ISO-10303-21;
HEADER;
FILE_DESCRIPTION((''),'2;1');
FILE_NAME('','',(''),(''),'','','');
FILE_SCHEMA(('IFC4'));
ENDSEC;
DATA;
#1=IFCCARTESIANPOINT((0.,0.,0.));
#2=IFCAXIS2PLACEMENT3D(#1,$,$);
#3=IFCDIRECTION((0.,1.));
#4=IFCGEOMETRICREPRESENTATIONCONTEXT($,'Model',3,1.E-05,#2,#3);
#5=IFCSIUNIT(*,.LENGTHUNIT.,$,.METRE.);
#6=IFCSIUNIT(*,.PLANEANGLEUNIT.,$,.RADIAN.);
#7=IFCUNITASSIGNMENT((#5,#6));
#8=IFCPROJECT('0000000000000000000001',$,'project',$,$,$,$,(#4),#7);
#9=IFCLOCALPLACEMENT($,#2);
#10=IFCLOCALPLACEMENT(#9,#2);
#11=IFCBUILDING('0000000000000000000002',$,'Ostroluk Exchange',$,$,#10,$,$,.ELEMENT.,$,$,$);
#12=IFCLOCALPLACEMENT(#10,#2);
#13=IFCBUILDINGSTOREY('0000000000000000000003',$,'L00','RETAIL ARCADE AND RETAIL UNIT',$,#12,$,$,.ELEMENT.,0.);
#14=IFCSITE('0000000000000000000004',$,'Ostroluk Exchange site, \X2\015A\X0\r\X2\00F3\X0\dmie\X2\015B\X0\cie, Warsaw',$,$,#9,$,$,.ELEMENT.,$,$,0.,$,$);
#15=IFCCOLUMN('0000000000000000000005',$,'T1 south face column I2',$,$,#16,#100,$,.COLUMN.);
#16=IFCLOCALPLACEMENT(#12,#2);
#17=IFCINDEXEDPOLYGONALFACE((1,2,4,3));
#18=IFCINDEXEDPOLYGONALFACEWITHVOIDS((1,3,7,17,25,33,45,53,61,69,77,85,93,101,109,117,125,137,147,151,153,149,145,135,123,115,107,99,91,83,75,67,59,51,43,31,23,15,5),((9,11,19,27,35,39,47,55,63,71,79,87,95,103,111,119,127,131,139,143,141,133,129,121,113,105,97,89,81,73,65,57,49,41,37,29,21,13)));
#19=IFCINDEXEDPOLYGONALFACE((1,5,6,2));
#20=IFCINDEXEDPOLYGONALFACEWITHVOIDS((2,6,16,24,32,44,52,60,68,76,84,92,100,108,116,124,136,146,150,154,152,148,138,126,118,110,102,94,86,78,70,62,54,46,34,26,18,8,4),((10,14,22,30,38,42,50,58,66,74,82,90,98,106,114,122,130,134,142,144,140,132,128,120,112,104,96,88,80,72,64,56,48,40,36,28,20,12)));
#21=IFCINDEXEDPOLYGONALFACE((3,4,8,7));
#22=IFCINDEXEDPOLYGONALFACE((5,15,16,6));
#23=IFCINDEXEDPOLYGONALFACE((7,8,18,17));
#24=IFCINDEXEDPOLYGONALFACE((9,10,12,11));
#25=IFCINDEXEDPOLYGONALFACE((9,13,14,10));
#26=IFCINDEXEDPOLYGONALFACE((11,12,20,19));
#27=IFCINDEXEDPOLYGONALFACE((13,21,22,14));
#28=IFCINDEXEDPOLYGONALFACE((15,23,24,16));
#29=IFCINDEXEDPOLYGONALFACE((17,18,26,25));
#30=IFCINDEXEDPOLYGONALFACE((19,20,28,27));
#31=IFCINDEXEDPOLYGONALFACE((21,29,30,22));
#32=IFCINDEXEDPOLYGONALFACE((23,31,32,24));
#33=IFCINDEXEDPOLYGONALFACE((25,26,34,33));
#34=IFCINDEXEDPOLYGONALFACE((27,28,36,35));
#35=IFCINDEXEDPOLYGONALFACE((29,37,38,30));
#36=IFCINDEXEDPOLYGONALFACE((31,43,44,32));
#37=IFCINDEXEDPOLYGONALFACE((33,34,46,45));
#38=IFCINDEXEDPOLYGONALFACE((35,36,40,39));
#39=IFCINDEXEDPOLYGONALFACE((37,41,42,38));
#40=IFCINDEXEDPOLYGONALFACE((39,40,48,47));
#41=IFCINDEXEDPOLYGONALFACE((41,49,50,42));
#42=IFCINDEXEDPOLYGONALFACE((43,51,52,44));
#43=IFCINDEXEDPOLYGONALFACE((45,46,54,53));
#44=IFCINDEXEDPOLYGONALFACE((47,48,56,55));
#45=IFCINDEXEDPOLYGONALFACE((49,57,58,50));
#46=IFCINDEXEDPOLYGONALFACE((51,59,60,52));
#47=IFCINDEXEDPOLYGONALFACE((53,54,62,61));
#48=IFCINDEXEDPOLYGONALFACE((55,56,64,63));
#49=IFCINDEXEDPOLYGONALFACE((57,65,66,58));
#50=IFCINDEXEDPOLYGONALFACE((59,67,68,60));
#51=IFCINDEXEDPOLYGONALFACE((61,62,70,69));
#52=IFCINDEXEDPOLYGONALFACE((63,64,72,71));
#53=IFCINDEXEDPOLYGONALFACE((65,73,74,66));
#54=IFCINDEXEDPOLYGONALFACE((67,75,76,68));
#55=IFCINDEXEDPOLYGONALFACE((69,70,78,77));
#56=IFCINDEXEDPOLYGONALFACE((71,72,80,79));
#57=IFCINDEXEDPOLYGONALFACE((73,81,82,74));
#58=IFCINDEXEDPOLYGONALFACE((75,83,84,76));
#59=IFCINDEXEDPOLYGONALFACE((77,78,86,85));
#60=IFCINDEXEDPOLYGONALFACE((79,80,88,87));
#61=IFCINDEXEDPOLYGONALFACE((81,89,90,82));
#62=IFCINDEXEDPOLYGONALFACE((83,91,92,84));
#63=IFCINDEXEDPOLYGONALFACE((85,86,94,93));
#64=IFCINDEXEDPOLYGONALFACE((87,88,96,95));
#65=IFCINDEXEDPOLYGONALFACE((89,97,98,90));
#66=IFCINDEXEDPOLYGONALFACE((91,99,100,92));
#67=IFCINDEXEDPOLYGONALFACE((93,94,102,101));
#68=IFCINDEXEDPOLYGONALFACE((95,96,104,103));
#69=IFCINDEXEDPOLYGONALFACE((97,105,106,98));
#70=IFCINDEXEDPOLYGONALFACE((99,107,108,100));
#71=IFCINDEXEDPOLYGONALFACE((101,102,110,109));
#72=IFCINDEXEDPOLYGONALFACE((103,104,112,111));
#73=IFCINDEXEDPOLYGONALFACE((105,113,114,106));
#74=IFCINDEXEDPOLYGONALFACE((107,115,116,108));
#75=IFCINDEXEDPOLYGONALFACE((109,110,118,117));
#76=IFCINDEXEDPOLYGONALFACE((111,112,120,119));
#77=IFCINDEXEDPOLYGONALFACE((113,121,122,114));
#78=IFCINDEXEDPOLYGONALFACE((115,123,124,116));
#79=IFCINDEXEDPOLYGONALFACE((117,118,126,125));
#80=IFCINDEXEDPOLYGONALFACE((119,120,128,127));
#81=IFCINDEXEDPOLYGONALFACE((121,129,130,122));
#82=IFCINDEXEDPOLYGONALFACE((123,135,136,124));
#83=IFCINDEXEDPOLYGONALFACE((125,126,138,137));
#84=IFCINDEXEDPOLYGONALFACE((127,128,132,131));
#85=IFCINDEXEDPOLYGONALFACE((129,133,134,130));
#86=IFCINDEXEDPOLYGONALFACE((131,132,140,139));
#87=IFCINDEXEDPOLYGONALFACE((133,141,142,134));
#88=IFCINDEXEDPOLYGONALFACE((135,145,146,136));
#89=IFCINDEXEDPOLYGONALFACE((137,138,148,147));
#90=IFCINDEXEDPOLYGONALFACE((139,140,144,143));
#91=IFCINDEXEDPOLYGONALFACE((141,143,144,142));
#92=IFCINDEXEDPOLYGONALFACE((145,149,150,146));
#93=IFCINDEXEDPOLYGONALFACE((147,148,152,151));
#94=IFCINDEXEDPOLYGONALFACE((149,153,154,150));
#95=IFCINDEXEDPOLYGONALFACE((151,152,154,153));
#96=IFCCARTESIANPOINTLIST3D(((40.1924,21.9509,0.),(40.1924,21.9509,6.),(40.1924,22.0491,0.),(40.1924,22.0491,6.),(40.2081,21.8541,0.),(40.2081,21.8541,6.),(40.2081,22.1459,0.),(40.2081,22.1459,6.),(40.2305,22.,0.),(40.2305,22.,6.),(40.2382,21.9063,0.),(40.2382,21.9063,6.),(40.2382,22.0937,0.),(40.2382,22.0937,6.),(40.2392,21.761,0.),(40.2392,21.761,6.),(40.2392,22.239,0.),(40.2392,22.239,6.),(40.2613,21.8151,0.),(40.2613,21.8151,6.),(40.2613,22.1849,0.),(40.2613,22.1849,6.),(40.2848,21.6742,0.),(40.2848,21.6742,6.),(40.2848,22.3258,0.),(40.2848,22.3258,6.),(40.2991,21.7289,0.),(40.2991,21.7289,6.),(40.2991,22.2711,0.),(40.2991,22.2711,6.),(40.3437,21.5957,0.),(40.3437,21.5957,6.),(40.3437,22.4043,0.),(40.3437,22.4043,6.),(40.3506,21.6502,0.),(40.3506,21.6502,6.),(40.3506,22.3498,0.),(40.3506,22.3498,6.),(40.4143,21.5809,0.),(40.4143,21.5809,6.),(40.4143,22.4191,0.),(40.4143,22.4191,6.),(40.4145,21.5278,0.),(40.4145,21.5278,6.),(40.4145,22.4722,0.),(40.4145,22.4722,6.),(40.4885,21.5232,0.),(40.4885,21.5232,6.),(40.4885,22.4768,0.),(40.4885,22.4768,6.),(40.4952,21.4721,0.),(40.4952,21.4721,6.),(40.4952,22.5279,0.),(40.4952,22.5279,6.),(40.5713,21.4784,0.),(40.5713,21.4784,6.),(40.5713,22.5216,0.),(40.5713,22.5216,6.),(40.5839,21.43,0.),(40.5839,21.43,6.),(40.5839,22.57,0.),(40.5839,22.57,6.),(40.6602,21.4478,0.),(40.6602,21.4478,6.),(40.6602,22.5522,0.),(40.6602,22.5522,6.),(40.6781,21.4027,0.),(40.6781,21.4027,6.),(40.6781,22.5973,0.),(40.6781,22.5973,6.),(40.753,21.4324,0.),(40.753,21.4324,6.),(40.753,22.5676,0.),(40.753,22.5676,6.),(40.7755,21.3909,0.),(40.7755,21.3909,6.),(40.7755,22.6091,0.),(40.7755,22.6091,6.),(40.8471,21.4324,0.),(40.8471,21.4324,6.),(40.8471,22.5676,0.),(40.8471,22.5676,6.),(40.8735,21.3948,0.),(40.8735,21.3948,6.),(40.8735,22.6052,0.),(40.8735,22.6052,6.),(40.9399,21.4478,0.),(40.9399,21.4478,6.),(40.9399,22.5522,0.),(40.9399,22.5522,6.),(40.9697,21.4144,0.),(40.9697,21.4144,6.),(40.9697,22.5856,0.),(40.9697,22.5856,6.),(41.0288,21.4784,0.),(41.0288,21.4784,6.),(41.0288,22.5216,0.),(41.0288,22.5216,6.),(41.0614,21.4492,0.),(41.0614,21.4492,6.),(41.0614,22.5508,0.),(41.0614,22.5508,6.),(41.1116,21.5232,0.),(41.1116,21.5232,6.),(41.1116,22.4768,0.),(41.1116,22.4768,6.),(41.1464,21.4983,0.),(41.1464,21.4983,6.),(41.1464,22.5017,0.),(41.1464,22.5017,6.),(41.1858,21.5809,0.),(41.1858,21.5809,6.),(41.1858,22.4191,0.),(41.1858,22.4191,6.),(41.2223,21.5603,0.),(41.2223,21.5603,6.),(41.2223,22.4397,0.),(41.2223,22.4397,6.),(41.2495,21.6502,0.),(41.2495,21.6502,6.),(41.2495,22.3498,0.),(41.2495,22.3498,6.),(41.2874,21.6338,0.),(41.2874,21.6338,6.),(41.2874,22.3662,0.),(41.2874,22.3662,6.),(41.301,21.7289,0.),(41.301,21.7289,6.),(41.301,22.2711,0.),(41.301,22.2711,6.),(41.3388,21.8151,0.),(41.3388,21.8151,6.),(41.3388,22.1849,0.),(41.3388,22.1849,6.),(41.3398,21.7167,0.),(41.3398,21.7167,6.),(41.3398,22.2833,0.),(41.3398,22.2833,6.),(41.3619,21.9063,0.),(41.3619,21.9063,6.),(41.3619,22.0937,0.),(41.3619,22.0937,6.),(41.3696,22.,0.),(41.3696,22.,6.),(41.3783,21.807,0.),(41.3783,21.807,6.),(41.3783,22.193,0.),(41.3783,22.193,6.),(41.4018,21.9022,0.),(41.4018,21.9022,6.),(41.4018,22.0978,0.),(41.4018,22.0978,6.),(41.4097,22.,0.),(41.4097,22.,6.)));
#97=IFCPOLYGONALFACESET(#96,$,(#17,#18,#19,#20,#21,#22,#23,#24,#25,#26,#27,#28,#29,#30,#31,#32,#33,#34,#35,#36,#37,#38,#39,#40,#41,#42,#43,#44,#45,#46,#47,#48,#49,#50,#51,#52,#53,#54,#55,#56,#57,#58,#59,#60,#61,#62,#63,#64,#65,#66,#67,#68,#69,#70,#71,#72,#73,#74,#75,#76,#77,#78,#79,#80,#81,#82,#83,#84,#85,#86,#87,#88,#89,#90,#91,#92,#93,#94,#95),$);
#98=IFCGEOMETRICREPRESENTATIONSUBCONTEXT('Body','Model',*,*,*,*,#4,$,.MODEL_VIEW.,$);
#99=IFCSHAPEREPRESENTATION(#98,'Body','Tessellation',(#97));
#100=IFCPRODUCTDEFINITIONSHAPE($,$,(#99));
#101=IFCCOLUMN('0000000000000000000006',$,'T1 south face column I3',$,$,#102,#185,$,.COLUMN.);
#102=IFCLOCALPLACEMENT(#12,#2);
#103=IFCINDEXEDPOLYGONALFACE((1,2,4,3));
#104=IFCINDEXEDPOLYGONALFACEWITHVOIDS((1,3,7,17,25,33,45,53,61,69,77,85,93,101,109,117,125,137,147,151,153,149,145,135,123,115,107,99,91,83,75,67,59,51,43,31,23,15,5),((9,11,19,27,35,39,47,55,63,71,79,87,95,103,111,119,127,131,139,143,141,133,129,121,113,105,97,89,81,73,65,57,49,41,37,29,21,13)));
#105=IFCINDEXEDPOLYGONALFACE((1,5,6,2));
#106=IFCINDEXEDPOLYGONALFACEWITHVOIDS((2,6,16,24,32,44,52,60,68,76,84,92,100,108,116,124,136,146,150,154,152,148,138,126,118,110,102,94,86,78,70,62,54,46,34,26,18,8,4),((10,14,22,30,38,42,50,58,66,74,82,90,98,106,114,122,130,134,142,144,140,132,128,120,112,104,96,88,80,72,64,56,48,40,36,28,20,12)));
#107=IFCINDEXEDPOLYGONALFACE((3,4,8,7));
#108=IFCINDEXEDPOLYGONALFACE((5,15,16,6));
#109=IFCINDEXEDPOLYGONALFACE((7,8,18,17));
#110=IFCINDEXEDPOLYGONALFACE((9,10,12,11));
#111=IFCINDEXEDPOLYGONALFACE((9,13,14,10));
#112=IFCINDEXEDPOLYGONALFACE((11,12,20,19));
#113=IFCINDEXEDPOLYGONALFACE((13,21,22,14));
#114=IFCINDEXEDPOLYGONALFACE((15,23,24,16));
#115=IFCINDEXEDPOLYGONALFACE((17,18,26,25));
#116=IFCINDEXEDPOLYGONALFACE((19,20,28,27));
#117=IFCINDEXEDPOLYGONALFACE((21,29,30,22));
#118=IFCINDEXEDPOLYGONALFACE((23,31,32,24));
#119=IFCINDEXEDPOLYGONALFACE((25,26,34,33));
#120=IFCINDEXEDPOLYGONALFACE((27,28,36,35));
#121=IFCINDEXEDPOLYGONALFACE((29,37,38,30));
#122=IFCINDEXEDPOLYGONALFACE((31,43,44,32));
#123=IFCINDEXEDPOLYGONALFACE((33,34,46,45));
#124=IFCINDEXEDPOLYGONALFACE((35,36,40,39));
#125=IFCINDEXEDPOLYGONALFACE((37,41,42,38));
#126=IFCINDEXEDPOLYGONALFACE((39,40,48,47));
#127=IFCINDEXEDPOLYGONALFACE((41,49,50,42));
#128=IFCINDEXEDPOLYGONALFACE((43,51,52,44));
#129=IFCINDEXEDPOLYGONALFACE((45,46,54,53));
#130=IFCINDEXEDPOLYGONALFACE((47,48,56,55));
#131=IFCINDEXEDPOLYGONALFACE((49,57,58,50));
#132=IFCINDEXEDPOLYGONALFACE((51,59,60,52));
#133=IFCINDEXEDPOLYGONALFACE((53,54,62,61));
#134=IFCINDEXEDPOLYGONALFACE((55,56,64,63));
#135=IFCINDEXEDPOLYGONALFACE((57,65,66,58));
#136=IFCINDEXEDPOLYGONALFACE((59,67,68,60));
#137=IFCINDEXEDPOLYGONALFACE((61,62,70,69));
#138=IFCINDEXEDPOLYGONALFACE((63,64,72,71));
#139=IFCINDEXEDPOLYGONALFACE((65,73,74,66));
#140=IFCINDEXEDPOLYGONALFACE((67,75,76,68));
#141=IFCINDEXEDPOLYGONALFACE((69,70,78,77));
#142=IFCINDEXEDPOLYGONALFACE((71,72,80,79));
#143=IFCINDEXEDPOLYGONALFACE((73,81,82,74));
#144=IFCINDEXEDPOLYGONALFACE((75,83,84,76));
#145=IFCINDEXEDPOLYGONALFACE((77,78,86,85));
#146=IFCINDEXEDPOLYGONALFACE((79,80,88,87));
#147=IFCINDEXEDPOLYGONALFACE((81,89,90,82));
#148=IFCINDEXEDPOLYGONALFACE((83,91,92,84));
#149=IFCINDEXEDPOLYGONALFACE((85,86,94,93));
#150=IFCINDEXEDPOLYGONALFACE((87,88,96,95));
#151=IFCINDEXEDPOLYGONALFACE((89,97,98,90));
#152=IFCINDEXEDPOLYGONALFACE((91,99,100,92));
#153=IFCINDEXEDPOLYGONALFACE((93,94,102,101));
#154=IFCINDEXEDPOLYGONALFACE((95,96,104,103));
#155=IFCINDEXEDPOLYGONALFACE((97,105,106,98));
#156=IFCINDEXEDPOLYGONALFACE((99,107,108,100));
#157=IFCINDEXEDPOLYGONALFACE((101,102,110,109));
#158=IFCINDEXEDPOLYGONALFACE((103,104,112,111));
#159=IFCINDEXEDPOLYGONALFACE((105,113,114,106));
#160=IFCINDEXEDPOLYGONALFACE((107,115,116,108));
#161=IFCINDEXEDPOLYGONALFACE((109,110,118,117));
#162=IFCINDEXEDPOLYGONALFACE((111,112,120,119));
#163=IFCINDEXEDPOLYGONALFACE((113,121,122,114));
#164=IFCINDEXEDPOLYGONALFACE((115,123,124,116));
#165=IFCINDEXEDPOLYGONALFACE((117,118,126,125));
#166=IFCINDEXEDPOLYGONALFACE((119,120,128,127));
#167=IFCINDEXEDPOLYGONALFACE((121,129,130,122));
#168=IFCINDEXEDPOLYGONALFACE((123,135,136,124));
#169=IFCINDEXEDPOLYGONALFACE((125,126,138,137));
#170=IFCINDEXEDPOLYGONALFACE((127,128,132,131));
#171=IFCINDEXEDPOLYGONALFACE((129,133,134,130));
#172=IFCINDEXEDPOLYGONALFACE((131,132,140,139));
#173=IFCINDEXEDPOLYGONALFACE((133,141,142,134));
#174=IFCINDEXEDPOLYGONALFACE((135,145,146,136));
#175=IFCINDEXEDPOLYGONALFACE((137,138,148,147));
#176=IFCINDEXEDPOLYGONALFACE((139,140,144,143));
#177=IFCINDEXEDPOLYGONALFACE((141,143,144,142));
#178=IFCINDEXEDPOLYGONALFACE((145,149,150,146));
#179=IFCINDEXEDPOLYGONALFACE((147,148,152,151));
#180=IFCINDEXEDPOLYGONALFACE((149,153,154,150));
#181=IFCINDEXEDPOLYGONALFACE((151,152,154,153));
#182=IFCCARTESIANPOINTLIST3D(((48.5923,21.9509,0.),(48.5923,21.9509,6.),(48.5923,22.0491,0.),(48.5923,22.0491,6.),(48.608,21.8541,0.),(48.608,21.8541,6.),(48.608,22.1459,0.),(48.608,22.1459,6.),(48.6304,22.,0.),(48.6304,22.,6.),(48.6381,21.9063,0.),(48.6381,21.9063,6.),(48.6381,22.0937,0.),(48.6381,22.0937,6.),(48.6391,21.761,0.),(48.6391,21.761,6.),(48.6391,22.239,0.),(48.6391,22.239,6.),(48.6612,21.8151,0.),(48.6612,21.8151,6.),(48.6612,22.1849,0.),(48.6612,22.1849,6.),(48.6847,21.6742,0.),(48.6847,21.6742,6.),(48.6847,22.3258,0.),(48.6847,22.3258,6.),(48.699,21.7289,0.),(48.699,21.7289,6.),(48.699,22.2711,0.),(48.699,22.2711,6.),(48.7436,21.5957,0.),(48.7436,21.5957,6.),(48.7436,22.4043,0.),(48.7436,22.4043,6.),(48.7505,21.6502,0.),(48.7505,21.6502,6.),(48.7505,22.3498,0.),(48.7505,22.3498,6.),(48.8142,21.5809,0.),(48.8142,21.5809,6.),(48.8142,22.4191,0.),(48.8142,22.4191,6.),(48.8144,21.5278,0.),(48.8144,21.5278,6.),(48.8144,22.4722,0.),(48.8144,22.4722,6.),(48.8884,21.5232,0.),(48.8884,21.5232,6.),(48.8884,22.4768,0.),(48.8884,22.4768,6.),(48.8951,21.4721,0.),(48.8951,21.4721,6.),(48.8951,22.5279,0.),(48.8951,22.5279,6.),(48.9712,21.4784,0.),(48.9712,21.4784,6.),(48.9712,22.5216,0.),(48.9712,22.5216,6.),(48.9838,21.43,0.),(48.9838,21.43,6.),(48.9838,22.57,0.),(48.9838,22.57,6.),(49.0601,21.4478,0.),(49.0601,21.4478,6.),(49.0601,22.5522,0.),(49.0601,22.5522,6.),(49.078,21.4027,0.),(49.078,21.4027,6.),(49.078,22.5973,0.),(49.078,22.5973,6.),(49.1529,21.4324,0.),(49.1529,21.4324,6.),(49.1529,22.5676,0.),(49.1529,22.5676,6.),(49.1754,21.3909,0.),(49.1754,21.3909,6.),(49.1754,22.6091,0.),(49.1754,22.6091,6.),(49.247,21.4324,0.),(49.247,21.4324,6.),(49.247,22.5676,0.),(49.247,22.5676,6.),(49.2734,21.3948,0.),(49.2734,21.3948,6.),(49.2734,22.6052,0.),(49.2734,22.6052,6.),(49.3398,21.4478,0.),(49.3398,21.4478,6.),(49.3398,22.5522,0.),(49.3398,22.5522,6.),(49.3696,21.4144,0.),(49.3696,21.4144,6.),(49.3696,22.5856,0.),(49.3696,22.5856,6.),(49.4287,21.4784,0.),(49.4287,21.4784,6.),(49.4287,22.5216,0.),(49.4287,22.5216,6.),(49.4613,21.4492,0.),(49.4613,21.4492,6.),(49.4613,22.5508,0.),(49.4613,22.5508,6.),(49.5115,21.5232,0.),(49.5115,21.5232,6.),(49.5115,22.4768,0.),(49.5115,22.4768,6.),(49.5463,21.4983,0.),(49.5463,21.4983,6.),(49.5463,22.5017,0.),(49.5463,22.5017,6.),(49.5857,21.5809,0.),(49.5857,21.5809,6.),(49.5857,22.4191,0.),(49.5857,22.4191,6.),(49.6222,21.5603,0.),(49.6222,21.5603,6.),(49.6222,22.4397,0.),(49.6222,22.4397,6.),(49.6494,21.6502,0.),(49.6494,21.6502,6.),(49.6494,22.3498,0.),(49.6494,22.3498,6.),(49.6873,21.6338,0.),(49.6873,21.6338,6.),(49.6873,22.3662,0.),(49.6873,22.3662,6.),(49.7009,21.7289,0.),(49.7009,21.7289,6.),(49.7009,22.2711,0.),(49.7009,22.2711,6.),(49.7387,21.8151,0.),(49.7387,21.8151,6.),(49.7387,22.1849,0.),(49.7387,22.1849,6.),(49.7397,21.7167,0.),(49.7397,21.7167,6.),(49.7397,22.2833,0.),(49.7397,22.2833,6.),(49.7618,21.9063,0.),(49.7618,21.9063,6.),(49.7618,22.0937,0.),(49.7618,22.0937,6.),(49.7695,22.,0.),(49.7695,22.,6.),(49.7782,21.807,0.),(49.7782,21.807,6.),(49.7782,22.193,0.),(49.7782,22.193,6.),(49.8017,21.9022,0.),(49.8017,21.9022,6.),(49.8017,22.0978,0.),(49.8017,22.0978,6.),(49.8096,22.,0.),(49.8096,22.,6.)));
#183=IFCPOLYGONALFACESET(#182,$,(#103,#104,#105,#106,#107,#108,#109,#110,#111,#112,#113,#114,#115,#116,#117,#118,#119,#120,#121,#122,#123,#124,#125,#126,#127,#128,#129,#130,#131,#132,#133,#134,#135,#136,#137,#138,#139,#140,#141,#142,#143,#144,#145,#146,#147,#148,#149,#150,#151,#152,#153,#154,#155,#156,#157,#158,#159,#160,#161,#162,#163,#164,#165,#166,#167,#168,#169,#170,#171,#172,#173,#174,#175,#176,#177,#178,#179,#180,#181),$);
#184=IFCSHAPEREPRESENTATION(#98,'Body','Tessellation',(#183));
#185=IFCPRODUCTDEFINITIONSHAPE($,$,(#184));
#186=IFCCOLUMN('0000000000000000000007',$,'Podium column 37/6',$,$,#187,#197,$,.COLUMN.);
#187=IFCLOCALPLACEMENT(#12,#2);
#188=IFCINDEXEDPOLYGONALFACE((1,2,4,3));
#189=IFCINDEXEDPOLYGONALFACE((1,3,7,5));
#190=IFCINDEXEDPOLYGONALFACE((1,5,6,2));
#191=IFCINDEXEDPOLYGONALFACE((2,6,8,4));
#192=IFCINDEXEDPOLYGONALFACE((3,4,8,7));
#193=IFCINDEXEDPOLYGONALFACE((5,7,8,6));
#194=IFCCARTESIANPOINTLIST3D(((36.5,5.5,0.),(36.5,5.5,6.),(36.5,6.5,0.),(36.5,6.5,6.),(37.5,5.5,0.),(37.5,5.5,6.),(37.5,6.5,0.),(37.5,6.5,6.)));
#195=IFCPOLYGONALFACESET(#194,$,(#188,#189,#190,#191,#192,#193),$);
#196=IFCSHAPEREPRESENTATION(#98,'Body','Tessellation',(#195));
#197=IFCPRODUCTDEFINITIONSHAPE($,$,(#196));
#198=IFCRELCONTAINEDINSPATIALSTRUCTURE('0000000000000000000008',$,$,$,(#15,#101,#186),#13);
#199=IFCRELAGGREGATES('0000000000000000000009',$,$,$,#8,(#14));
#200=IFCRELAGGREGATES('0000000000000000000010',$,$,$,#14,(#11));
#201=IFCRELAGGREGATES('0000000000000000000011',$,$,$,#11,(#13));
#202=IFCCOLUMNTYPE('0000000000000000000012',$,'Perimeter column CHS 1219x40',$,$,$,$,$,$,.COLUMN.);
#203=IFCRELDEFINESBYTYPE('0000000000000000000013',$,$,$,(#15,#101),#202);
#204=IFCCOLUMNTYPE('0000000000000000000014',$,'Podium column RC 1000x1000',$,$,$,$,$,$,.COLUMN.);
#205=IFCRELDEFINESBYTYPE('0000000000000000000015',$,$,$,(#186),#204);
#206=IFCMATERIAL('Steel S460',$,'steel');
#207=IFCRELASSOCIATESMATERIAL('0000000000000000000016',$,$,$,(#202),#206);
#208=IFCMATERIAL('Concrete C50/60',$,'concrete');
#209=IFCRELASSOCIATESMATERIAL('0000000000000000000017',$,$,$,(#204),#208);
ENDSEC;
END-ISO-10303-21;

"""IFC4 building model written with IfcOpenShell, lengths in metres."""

from ifc_helpers import new_model, si_unit, direction, frame, origin, origin_2d, place, context, subcontext, project, spatial, rectangle, hollow_circle, extrude, material, material_profile, profile_set, type_object, element, save


model = new_model("IFC4")

# Units and contexts
model_context = context("Model", 3, precision=1e-05, world=origin(), true_north=direction((0.0, 1.0)))
body_context = subcontext(model_context, "Body", "Model", "MODEL_VIEW")
ifc_project = project(units=[si_unit("LENGTHUNIT", "METRE"), si_unit("PLANEANGLEUNIT", "RADIAN")], contexts=[model_context])

# Site, building, storey
site_placement = place(None, origin())
site = spatial("IfcSite", under=ifc_project, at=site_placement, Name="Ostroluk Exchange site, Śródmieście, Warsaw", CompositionType="ELEMENT", RefElevation=0.0)
building_placement = place(site_placement, origin())
building = spatial("IfcBuilding", under=site, at=building_placement, Name="Ostroluk Exchange", CompositionType="ELEMENT")
storey_placement = place(building_placement, origin())
storey = spatial("IfcBuildingStorey", under=building, at=storey_placement, Name="L00", Description="RETAIL ARCADE AND RETAIL UNIT", CompositionType="ELEMENT", Elevation=0.0)

# Columns
ifc_material_1 = material(Name="Steel S460", Category="steel")
ifc_material_profile_1 = material_profile(ifc_material_1, hollow_circle(Radius=0.6096, WallThickness=0.04, at=origin_2d()), Name="CHS 1219x40")
ifc_profile_set_1 = profile_set([ifc_material_profile_1], Name="Steel S460")
column_type_1 = type_object("IfcColumnType", Name="Perimeter column CHS 1219x40", PredefinedType="COLUMN", material=ifc_profile_set_1)
for number, where, z_axis, x_axis, name in (
    (1, (40.8, 22.0, 0.0), (0.0, 0.0, 1.0), (1.0, 0.0, 0.0), "T1 south face column I2"),
    (2, (49.2, 22.0, 0.0), (0.0, 0.0, 1.0), (1.0, 0.0, 0.0), "T1 south face column I3"),
):
    element("IfcColumn", number, at=place(storey_placement, frame(where, z_axis=z_axis, x_axis=x_axis)), inside=storey, type_object=column_type_1, Name=name, PredefinedType="COLUMN", context=body_context, shape_type="SweptSolid", body=[
        extrude(hollow_circle(Radius=0.6096, WallThickness=0.04, at=origin_2d()), origin(), (0.0, 0.0, 1.0), 6.0),
    ])
ifc_material_2 = material(Name="Concrete C50/60", Category="concrete")
ifc_material_profile_2 = material_profile(ifc_material_2, rectangle(XDim=1.0, YDim=1.0, at=origin_2d()), Name="RC 1000x1000")
ifc_profile_set_2 = profile_set([ifc_material_profile_2], Name="Concrete C50/60")
column_type_2 = type_object("IfcColumnType", Name="Podium column RC 1000x1000", PredefinedType="COLUMN", material=ifc_profile_set_2)
for number, where, z_axis, x_axis, name in (
    (3, (37.0, 6.0, 0.0), (0.0, 0.0, 1.0), (1.0, 0.0, 0.0), "Podium column 37/6"),
):
    element("IfcColumn", number, at=place(storey_placement, frame(where, z_axis=z_axis, x_axis=x_axis)), inside=storey, type_object=column_type_2, Name=name, PredefinedType="COLUMN", context=body_context, shape_type="SweptSolid", body=[
        extrude(rectangle(XDim=1.0, YDim=1.0, at=origin_2d()), origin(), (0.0, 0.0, 1.0), 6.0),
    ])

save(model, "model.ifc")
